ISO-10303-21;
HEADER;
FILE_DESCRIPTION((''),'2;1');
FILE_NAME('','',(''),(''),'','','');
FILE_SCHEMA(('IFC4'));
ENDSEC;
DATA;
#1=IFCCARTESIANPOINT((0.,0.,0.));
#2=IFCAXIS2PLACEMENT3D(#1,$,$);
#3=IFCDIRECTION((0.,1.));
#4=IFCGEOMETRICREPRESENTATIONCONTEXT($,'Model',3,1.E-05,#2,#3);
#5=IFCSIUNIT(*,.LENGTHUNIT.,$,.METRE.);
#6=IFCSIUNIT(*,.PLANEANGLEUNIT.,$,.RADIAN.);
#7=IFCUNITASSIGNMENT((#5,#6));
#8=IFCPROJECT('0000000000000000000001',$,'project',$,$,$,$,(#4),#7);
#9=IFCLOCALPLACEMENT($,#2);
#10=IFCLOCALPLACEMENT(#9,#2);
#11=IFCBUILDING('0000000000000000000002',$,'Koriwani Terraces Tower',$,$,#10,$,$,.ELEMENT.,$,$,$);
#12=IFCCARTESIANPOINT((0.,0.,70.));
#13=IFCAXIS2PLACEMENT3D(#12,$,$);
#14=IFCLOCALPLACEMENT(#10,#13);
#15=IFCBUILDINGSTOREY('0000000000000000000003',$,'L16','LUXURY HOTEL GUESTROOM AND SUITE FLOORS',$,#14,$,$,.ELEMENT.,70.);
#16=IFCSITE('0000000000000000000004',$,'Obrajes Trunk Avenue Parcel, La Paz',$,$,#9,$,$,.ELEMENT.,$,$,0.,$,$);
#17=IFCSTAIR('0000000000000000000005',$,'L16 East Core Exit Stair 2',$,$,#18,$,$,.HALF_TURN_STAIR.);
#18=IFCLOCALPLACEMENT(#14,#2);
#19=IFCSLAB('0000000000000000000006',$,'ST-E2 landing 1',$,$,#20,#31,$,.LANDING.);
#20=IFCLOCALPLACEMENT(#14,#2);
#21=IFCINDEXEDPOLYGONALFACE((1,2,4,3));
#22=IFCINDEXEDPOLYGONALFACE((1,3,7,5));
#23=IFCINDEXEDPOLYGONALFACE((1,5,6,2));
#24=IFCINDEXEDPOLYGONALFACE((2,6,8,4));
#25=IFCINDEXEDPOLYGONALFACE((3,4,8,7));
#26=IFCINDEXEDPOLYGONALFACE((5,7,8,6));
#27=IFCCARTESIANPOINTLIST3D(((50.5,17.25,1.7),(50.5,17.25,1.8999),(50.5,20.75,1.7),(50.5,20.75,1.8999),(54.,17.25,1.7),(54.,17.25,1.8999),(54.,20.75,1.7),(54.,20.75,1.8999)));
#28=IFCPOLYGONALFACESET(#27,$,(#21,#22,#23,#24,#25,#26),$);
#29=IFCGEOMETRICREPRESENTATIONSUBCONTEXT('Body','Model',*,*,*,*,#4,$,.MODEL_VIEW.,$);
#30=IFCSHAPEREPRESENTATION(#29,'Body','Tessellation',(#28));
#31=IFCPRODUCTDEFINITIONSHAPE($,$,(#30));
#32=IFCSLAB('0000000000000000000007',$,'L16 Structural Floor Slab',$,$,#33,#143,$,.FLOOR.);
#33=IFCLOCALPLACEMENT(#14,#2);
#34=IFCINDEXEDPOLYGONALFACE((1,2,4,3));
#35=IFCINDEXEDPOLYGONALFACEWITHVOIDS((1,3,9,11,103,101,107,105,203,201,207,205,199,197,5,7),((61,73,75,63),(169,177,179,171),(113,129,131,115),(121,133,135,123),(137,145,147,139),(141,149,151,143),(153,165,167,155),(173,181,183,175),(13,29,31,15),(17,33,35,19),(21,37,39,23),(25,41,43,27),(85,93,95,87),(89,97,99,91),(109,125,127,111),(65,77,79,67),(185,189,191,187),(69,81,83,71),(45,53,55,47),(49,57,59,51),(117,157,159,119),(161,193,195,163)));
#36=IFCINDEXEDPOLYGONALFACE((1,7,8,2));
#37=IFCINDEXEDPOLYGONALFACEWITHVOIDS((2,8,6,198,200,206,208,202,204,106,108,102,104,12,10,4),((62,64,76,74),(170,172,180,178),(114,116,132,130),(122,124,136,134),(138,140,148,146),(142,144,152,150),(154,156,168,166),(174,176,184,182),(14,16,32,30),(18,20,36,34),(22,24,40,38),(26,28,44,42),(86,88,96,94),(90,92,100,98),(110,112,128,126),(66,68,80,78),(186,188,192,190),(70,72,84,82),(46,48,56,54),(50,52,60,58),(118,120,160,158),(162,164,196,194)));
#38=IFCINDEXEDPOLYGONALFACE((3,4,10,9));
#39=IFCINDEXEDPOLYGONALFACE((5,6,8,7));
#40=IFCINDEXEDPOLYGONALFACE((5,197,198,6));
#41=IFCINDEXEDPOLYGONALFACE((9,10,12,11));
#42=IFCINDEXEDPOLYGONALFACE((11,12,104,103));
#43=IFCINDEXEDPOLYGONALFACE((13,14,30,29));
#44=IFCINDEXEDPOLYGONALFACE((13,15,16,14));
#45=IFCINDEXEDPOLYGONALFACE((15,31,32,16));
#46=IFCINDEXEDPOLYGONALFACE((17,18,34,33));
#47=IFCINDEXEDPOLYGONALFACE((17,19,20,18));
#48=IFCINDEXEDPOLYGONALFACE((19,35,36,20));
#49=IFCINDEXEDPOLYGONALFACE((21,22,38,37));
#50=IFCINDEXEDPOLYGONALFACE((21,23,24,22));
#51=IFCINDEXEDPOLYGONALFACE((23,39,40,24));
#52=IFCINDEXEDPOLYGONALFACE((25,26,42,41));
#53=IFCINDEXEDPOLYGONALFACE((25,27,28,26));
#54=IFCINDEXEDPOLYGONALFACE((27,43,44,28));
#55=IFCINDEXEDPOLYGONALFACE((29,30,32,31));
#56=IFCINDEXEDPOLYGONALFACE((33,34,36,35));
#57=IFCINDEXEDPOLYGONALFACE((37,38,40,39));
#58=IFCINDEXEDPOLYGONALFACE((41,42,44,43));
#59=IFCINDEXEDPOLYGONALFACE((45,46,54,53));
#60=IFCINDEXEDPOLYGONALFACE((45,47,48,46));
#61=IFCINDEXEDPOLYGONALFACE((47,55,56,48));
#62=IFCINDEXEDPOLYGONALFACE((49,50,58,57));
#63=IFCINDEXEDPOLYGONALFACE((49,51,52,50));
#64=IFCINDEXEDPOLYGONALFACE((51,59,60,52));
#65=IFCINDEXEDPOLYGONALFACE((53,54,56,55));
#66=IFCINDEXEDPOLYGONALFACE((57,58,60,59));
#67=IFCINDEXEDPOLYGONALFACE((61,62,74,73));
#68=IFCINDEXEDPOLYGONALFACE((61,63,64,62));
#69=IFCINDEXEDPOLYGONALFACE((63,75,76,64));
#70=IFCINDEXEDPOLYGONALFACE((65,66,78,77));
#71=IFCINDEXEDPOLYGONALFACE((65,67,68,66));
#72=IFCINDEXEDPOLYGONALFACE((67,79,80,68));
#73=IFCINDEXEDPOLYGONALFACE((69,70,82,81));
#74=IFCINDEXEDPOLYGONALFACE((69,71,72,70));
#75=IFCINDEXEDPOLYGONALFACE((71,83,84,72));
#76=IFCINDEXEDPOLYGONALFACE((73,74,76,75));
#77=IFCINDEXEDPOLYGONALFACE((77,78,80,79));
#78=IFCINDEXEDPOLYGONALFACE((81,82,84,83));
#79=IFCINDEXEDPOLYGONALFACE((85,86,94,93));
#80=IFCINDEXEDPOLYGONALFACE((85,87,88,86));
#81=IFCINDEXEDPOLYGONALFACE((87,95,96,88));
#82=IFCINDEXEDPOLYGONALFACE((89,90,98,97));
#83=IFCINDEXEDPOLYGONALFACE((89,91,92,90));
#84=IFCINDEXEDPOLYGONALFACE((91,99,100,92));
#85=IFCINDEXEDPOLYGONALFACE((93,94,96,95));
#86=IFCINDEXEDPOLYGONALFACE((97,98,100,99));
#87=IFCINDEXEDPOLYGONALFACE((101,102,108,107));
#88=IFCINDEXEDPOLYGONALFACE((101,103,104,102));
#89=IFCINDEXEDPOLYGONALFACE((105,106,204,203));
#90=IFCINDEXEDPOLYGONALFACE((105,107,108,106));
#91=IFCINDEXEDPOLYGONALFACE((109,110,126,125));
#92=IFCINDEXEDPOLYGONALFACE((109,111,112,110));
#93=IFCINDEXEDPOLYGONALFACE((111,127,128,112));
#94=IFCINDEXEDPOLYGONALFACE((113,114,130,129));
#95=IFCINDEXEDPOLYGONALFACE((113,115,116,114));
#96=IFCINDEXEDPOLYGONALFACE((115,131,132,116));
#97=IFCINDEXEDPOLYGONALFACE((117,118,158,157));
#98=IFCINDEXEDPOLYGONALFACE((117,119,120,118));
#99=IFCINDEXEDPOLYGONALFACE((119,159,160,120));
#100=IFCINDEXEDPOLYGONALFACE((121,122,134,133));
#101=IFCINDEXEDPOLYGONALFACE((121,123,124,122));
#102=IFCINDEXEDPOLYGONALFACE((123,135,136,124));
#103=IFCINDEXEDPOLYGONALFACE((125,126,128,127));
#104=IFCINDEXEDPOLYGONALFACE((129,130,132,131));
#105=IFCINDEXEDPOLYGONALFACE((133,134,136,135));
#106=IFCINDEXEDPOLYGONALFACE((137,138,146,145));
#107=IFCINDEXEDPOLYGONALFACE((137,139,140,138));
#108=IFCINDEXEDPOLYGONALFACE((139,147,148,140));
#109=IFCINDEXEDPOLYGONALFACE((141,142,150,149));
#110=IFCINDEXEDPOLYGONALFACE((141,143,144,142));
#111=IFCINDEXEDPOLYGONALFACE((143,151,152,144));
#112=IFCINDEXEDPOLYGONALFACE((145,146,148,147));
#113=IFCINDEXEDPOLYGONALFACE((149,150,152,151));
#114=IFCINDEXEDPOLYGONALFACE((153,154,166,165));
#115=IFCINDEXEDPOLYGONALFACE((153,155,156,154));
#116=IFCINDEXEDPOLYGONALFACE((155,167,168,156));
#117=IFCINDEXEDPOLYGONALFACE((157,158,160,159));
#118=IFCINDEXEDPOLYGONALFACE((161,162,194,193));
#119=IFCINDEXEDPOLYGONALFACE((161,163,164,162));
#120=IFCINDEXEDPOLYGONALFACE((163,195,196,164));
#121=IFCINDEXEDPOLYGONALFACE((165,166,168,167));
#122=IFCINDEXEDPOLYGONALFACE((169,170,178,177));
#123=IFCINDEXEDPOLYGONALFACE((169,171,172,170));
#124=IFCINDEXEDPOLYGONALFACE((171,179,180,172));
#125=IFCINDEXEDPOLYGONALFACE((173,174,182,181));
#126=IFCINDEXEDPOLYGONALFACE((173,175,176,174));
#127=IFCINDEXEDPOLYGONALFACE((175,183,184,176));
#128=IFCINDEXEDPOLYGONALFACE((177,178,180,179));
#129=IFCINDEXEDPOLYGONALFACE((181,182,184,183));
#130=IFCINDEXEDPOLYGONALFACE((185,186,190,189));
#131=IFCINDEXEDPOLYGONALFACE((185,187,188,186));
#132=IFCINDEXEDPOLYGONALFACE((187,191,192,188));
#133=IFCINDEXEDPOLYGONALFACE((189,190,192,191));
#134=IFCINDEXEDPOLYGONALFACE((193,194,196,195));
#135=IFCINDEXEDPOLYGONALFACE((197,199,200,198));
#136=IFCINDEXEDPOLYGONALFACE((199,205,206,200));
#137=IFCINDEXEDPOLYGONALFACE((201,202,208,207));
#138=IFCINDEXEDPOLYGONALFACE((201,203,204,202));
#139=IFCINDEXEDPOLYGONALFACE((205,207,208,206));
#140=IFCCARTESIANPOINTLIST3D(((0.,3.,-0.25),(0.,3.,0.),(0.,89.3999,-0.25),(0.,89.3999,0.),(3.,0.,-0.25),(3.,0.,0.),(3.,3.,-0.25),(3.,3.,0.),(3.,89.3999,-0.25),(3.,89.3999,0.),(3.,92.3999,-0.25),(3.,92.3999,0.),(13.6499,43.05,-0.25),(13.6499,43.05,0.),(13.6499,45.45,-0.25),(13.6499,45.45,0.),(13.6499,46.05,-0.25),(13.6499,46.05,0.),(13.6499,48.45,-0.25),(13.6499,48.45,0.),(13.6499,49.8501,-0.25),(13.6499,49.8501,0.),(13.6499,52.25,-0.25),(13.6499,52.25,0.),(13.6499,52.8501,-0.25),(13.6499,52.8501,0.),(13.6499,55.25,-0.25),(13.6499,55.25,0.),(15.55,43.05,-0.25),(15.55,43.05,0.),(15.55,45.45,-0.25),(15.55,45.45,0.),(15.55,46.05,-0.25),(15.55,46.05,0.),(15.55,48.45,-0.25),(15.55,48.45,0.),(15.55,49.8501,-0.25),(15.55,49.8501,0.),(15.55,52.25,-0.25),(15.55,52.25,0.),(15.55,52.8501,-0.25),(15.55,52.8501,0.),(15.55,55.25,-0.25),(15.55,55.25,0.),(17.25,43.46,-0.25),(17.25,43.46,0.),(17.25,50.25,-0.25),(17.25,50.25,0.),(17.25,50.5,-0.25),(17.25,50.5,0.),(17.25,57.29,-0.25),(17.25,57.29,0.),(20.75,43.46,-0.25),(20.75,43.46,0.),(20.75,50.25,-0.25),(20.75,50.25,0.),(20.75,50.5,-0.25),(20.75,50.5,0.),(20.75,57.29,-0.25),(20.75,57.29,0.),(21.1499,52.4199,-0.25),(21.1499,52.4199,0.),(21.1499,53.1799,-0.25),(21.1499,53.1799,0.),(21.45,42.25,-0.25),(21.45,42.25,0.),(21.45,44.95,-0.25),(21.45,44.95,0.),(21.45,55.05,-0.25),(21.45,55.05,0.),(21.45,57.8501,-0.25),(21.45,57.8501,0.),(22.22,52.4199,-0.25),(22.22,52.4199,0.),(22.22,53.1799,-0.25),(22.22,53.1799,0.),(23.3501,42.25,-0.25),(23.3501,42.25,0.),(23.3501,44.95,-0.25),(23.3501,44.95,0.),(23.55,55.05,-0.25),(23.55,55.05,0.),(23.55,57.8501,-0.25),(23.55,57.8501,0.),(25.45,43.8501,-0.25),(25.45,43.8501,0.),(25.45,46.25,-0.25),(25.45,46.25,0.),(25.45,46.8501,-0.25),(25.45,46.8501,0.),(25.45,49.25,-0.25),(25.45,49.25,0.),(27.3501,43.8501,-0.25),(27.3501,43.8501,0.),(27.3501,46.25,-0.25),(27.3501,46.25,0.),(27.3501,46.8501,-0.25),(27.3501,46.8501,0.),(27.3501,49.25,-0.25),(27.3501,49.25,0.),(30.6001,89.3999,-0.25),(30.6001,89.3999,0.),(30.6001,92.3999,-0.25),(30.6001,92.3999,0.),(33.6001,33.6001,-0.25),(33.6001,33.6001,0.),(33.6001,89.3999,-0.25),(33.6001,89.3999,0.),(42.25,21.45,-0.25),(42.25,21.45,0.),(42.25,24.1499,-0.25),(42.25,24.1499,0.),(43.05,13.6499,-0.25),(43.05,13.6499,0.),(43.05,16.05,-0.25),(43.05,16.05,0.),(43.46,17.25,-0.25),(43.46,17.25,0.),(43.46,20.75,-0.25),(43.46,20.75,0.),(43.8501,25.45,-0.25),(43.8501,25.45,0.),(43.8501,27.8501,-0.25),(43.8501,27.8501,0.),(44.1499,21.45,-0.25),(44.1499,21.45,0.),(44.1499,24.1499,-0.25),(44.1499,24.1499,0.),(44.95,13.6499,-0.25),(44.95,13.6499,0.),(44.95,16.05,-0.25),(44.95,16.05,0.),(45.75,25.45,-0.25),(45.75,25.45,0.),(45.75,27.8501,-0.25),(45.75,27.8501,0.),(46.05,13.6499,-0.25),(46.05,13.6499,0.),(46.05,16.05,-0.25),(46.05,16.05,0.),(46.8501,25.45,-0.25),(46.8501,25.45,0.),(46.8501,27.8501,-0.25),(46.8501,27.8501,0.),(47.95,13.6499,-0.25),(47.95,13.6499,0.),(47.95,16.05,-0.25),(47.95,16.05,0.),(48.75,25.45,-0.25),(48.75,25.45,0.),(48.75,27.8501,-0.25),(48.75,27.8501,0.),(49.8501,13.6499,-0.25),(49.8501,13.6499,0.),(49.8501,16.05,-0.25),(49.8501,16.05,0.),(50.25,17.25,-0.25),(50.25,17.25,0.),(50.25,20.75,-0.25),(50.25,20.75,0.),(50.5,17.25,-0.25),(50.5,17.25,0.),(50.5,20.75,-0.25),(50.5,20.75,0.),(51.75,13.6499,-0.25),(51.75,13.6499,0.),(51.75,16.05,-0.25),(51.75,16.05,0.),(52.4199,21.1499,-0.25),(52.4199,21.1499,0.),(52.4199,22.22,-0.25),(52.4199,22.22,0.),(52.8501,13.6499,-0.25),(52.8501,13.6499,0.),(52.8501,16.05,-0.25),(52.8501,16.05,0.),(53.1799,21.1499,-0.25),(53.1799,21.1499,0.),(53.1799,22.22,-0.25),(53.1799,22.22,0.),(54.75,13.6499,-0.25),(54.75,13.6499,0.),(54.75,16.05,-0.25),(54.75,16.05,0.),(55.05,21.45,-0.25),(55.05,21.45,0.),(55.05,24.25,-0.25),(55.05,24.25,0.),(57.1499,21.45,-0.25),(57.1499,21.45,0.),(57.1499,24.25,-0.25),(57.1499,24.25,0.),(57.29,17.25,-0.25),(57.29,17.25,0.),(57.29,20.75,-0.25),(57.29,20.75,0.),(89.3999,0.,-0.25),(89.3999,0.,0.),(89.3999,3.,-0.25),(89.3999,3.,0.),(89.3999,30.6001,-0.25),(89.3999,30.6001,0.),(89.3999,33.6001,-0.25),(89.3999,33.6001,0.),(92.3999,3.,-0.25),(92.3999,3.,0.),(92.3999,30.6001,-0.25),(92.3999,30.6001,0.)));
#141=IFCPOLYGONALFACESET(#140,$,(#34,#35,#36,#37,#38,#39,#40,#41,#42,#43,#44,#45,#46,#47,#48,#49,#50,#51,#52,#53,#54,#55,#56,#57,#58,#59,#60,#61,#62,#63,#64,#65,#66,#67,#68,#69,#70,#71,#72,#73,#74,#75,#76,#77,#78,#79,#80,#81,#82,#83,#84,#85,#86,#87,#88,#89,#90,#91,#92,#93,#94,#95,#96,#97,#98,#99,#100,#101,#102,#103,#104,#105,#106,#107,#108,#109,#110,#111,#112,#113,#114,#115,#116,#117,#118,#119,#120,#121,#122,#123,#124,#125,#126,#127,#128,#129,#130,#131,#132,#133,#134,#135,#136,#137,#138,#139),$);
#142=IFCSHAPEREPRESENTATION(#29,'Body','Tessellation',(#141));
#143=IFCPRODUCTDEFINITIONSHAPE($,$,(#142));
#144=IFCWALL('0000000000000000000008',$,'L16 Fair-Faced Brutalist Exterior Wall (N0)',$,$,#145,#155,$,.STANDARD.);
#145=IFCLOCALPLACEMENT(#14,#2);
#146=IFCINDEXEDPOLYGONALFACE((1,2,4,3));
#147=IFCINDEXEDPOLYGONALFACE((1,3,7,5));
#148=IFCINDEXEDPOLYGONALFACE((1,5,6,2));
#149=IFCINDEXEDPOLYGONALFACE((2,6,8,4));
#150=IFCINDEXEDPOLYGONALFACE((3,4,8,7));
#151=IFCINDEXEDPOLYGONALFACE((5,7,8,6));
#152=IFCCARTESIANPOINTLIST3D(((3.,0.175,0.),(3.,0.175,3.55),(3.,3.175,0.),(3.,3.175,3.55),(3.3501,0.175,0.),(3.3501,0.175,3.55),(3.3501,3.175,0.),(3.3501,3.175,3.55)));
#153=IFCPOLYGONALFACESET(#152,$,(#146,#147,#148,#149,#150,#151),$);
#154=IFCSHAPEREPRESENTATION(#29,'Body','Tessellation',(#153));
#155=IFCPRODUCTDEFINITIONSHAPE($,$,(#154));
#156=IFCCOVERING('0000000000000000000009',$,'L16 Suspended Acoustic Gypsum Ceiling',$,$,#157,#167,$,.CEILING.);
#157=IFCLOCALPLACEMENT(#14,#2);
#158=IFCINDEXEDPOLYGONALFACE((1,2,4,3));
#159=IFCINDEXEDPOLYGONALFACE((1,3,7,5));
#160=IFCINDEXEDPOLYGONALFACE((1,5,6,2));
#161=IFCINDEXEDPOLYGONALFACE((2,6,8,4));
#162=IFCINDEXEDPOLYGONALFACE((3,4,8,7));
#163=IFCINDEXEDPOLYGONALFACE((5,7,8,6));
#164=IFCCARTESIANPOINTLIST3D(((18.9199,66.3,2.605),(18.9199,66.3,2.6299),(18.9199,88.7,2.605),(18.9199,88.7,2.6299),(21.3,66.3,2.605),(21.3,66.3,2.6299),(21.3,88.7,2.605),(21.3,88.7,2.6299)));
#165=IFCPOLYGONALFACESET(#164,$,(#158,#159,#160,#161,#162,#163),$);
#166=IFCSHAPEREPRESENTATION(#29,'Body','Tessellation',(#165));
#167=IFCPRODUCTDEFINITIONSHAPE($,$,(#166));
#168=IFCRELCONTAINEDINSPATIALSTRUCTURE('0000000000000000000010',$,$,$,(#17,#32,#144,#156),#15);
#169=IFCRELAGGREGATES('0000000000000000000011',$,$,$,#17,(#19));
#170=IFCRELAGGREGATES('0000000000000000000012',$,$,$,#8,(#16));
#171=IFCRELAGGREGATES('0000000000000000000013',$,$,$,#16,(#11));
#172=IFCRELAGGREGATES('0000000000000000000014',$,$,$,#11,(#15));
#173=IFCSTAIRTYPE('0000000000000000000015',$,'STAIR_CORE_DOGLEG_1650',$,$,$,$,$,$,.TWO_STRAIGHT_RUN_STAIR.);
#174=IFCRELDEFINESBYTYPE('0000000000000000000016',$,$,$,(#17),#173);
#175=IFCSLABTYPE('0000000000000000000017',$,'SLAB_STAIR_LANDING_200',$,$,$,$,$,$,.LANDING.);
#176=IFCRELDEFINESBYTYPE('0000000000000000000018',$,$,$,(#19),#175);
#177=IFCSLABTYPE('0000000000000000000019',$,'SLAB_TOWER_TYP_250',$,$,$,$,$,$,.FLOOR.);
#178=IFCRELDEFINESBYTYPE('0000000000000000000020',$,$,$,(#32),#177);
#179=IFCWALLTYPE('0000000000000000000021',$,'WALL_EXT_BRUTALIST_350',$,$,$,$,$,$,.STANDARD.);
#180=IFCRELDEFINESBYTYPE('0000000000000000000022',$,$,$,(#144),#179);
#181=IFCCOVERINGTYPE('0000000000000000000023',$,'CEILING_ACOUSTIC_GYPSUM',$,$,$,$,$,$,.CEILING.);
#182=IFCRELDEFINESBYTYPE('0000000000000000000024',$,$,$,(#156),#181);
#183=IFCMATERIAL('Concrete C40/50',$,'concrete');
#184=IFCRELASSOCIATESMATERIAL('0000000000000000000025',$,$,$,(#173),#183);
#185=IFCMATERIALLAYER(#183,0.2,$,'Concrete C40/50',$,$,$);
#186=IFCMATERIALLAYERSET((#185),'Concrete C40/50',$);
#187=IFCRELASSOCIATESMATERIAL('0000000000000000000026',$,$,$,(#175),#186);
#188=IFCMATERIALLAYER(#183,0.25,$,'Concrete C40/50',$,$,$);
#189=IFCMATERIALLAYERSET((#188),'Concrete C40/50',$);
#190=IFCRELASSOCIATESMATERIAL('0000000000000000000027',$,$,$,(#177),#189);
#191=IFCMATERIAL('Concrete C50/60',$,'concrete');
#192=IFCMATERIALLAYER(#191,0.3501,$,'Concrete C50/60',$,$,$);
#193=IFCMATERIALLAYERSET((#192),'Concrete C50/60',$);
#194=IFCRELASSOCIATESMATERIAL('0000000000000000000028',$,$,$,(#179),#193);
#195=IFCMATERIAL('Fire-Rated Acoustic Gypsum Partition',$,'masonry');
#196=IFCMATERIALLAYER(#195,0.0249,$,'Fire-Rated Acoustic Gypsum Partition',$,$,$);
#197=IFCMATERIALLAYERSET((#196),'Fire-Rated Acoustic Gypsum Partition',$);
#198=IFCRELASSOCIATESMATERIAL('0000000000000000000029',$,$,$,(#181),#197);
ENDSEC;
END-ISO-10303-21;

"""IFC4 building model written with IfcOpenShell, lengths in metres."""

from ifc_helpers import new_model, si_unit, direction, frame, frame_2d, origin, place, context, subcontext, project, spatial, polyline, rectangle, outline, extrude, material, layer, layer_set, type_object, element, aggregate, save


model = new_model("IFC4")

# Units and contexts
model_context = context("Model", 3, precision=1e-05, world=origin(), true_north=direction((0.0, 1.0)))
body_context = subcontext(model_context, "Body", "Model", "MODEL_VIEW")
ifc_project = project(units=[si_unit("LENGTHUNIT", "METRE"), si_unit("PLANEANGLEUNIT", "RADIAN")], contexts=[model_context])

# Site, building, storey
site_placement = place(None, origin())
site = spatial("IfcSite", under=ifc_project, at=site_placement, Name="Obrajes Trunk Avenue Parcel, La Paz", CompositionType="ELEMENT", RefElevation=0.0)
building_placement = place(site_placement, origin())
building = spatial("IfcBuilding", under=site, at=building_placement, Name="Koriwani Terraces Tower", CompositionType="ELEMENT")
storey_placement = place(building_placement, frame((0.0, 0.0, 70.0)))
storey = spatial("IfcBuildingStorey", under=building, at=storey_placement, Name="L16", Description="LUXURY HOTEL GUESTROOM AND SUITE FLOORS", CompositionType="ELEMENT", Elevation=70.0)

# Shared definitions
ifc_material_1 = material(Name="Concrete C40/50", Category="concrete")

# Stair, slab
stair_type = type_object("IfcStairType", Name="STAIR_CORE_DOGLEG_1650", PredefinedType="TWO_STRAIGHT_RUN_STAIR", material=ifc_material_1)
ifc_layer_1 = layer(ifc_material_1, 0.2, Name="Concrete C40/50")
ifc_layer_set_1 = layer_set([ifc_layer_1], Name="Concrete C40/50")
slab_type_1 = type_object("IfcSlabType", Name="SLAB_STAIR_LANDING_200", PredefinedType="LANDING", material=ifc_layer_set_1)
stair_1_placement = place(storey_placement, origin())
stair_1 = element("IfcStair", 1, at=stair_1_placement, inside=storey, type_object=stair_type, Name="L16 East Core Exit Stair 2", PredefinedType="HALF_TURN_STAIR")
slab_1_placement = place(storey_placement, frame((0.0, 0.0, 1.7)))
slab_1 = element("IfcSlab", 2, at=slab_1_placement, type_object=slab_type_1, Name="ST-E2 landing 1", PredefinedType="LANDING", context=body_context, shape_type="SweptSolid", body=[
    extrude(outline(polyline([(54.0, 20.75), (50.5, 20.75), (50.5, 17.25), (54.0, 17.25), (54.0, 20.75)])), origin(), (0.0, 0.0, 1.0), 0.2),
])
aggregate(stair_1, [slab_1])

# Slab
ifc_layer_2 = layer(ifc_material_1, 0.25, Name="Concrete C40/50")
ifc_layer_set_2 = layer_set([ifc_layer_2], Name="Concrete C40/50")
slab_type_2 = type_object("IfcSlabType", Name="SLAB_TOWER_TYP_250", PredefinedType="FLOOR", material=ifc_layer_set_2)
slab_2_placement = place(storey_placement, frame((0.0, 0.0, -0.25)))
element("IfcSlab", 3, at=slab_2_placement, inside=storey, type_object=slab_type_2, Name="L16 Structural Floor Slab", PredefinedType="FLOOR", context=body_context, shape_type="SweptSolid", body=[
    extrude(outline(polyline([(3.0, 0.0), (89.3999, 0.0), (89.3999, 3.0), (92.3999, 3.0), (92.3999, 30.6001), (89.3999, 30.6001), (89.3999, 33.6001), (33.6001, 33.6001), (33.6001, 89.3999), (30.6001, 89.3999), (30.6001, 92.3999), (3.0, 92.3999), (3.0, 89.3999), (0.0, 89.3999), (0.0, 3.0), (3.0, 3.0), (3.0, 0.0)]), holes=[polyline([(17.25, 43.46), (20.75, 43.46), (20.75, 50.25), (17.25, 50.25), (17.25, 43.46)]), polyline([(17.25, 50.5), (20.75, 50.5), (20.75, 57.29), (17.25, 57.29), (17.25, 50.5)]), polyline([(43.46, 17.25), (50.25, 17.25), (50.25, 20.75), (43.46, 20.75), (43.46, 17.25)]), polyline([(50.5, 17.25), (57.29, 17.25), (57.29, 20.75), (50.5, 20.75), (50.5, 17.25)]), polyline([(13.6499, 43.05), (15.55, 43.05), (15.55, 45.45), (13.6499, 45.45), (13.6499, 43.05)]), polyline([(13.6499, 46.05), (15.55, 46.05), (15.55, 48.45), (13.6499, 48.45), (13.6499, 46.05)]), polyline([(43.05, 13.6499), (44.95, 13.6499), (44.95, 16.05), (43.05, 16.05), (43.05, 13.6499)]), polyline([(46.05, 13.6499), (47.95, 13.6499), (47.95, 16.05), (46.05, 16.05), (46.05, 13.6499)]), polyline([(13.6499, 49.8501), (15.55, 49.8501), (15.55, 52.25), (13.6499, 52.25), (13.6499, 49.8501)]), polyline([(13.6499, 52.8501), (15.55, 52.8501), (15.55, 55.25), (13.6499, 55.25), (13.6499, 52.8501)]), polyline([(49.8501, 13.6499), (51.75, 13.6499), (51.75, 16.05), (49.8501, 16.05), (49.8501, 13.6499)]), polyline([(52.8501, 13.6499), (54.75, 13.6499), (54.75, 16.05), (52.8501, 16.05), (52.8501, 13.6499)]), polyline([(25.45, 43.8501), (27.3501, 43.8501), (27.3501, 46.25), (25.45, 46.25), (25.45, 43.8501)]), polyline([(25.45, 46.8501), (27.3501, 46.8501), (27.3501, 49.25), (25.45, 49.25), (25.45, 46.8501)]), polyline([(43.8501, 25.45), (45.75, 25.45), (45.75, 27.8501), (43.8501, 27.8501), (43.8501, 25.45)]), polyline([(46.8501, 25.45), (48.75, 25.45), (48.75, 27.8501), (46.8501, 27.8501), (46.8501, 25.45)]), polyline([(21.45, 55.05), (23.55, 55.05), (23.55, 57.8501), (21.45, 57.8501), (21.45, 55.05)]), polyline([(55.05, 21.45), (57.1499, 21.45), (57.1499, 24.25), (55.05, 24.25), (55.05, 21.45)]), polyline([(21.45, 42.25), (23.3501, 42.25), (23.3501, 44.95), (21.45, 44.95), (21.45, 42.25)]), polyline([(42.25, 21.45), (44.1499, 21.45), (44.1499, 24.1499), (42.25, 24.1499), (42.25, 21.45)]), polyline([(21.1499, 52.4199), (22.22, 52.4199), (22.22, 53.1799), (21.1499, 53.1799), (21.1499, 52.4199)]), polyline([(52.4199, 21.1499), (53.1799, 21.1499), (53.1799, 22.22), (52.4199, 22.22), (52.4199, 21.1499)])]), origin(), (0.0, 0.0, 1.0), 0.25),
])

# Wall
ifc_material_2 = material(Name="Concrete C50/60", Category="concrete")
ifc_layer_3 = layer(ifc_material_2, 0.3501, Name="Concrete C50/60")
ifc_layer_set_3 = layer_set([ifc_layer_3], Name="Concrete C50/60")
wall_type = type_object("IfcWallType", Name="WALL_EXT_BRUTALIST_350", PredefinedType="STANDARD", material=ifc_layer_set_3)
wall_placement = place(storey_placement, frame((3.175, 0.175, 0.0), z_axis=(0.0, 0.0, 1.0), x_axis=(0.0, 1.0, 0.0)))
element("IfcWall", 4, at=wall_placement, inside=storey, type_object=wall_type, Name="L16 Fair-Faced Brutalist Exterior Wall (N0)", PredefinedType="STANDARD", context=body_context, shape_type="SweptSolid", body=[
    extrude(rectangle(XDim=3.0, YDim=0.3501, at=frame_2d((1.5, 0.0))), origin(), (0.0, 0.0, 1.0), 3.55),
])

# Covering
ifc_material_3 = material(Name="Fire-Rated Acoustic Gypsum Partition", Category="masonry")
ifc_layer_4 = layer(ifc_material_3, 0.0249, Name="Fire-Rated Acoustic Gypsum Partition")
ifc_layer_set_4 = layer_set([ifc_layer_4], Name="Fire-Rated Acoustic Gypsum Partition")
covering_type_1 = type_object("IfcCoveringType", Name="CEILING_ACOUSTIC_GYPSUM", PredefinedType="CEILING", material=ifc_layer_set_4)
covering_1_placement = place(storey_placement, frame((0.0, 0.0, 2.605)))
element("IfcCovering", 5, at=covering_1_placement, inside=storey, type_object=covering_type_1, Name="L16 Suspended Acoustic Gypsum Ceiling", PredefinedType="CEILING", context=body_context, shape_type="SweptSolid", body=[
    extrude(outline(polyline([(18.9199, 66.3), (18.9199, 88.7), (21.3, 88.7), (21.3, 66.3), (18.9199, 66.3)])), origin(), (0.0, 0.0, 1.0), 0.0249),
])

save(model, "model.ifc")
